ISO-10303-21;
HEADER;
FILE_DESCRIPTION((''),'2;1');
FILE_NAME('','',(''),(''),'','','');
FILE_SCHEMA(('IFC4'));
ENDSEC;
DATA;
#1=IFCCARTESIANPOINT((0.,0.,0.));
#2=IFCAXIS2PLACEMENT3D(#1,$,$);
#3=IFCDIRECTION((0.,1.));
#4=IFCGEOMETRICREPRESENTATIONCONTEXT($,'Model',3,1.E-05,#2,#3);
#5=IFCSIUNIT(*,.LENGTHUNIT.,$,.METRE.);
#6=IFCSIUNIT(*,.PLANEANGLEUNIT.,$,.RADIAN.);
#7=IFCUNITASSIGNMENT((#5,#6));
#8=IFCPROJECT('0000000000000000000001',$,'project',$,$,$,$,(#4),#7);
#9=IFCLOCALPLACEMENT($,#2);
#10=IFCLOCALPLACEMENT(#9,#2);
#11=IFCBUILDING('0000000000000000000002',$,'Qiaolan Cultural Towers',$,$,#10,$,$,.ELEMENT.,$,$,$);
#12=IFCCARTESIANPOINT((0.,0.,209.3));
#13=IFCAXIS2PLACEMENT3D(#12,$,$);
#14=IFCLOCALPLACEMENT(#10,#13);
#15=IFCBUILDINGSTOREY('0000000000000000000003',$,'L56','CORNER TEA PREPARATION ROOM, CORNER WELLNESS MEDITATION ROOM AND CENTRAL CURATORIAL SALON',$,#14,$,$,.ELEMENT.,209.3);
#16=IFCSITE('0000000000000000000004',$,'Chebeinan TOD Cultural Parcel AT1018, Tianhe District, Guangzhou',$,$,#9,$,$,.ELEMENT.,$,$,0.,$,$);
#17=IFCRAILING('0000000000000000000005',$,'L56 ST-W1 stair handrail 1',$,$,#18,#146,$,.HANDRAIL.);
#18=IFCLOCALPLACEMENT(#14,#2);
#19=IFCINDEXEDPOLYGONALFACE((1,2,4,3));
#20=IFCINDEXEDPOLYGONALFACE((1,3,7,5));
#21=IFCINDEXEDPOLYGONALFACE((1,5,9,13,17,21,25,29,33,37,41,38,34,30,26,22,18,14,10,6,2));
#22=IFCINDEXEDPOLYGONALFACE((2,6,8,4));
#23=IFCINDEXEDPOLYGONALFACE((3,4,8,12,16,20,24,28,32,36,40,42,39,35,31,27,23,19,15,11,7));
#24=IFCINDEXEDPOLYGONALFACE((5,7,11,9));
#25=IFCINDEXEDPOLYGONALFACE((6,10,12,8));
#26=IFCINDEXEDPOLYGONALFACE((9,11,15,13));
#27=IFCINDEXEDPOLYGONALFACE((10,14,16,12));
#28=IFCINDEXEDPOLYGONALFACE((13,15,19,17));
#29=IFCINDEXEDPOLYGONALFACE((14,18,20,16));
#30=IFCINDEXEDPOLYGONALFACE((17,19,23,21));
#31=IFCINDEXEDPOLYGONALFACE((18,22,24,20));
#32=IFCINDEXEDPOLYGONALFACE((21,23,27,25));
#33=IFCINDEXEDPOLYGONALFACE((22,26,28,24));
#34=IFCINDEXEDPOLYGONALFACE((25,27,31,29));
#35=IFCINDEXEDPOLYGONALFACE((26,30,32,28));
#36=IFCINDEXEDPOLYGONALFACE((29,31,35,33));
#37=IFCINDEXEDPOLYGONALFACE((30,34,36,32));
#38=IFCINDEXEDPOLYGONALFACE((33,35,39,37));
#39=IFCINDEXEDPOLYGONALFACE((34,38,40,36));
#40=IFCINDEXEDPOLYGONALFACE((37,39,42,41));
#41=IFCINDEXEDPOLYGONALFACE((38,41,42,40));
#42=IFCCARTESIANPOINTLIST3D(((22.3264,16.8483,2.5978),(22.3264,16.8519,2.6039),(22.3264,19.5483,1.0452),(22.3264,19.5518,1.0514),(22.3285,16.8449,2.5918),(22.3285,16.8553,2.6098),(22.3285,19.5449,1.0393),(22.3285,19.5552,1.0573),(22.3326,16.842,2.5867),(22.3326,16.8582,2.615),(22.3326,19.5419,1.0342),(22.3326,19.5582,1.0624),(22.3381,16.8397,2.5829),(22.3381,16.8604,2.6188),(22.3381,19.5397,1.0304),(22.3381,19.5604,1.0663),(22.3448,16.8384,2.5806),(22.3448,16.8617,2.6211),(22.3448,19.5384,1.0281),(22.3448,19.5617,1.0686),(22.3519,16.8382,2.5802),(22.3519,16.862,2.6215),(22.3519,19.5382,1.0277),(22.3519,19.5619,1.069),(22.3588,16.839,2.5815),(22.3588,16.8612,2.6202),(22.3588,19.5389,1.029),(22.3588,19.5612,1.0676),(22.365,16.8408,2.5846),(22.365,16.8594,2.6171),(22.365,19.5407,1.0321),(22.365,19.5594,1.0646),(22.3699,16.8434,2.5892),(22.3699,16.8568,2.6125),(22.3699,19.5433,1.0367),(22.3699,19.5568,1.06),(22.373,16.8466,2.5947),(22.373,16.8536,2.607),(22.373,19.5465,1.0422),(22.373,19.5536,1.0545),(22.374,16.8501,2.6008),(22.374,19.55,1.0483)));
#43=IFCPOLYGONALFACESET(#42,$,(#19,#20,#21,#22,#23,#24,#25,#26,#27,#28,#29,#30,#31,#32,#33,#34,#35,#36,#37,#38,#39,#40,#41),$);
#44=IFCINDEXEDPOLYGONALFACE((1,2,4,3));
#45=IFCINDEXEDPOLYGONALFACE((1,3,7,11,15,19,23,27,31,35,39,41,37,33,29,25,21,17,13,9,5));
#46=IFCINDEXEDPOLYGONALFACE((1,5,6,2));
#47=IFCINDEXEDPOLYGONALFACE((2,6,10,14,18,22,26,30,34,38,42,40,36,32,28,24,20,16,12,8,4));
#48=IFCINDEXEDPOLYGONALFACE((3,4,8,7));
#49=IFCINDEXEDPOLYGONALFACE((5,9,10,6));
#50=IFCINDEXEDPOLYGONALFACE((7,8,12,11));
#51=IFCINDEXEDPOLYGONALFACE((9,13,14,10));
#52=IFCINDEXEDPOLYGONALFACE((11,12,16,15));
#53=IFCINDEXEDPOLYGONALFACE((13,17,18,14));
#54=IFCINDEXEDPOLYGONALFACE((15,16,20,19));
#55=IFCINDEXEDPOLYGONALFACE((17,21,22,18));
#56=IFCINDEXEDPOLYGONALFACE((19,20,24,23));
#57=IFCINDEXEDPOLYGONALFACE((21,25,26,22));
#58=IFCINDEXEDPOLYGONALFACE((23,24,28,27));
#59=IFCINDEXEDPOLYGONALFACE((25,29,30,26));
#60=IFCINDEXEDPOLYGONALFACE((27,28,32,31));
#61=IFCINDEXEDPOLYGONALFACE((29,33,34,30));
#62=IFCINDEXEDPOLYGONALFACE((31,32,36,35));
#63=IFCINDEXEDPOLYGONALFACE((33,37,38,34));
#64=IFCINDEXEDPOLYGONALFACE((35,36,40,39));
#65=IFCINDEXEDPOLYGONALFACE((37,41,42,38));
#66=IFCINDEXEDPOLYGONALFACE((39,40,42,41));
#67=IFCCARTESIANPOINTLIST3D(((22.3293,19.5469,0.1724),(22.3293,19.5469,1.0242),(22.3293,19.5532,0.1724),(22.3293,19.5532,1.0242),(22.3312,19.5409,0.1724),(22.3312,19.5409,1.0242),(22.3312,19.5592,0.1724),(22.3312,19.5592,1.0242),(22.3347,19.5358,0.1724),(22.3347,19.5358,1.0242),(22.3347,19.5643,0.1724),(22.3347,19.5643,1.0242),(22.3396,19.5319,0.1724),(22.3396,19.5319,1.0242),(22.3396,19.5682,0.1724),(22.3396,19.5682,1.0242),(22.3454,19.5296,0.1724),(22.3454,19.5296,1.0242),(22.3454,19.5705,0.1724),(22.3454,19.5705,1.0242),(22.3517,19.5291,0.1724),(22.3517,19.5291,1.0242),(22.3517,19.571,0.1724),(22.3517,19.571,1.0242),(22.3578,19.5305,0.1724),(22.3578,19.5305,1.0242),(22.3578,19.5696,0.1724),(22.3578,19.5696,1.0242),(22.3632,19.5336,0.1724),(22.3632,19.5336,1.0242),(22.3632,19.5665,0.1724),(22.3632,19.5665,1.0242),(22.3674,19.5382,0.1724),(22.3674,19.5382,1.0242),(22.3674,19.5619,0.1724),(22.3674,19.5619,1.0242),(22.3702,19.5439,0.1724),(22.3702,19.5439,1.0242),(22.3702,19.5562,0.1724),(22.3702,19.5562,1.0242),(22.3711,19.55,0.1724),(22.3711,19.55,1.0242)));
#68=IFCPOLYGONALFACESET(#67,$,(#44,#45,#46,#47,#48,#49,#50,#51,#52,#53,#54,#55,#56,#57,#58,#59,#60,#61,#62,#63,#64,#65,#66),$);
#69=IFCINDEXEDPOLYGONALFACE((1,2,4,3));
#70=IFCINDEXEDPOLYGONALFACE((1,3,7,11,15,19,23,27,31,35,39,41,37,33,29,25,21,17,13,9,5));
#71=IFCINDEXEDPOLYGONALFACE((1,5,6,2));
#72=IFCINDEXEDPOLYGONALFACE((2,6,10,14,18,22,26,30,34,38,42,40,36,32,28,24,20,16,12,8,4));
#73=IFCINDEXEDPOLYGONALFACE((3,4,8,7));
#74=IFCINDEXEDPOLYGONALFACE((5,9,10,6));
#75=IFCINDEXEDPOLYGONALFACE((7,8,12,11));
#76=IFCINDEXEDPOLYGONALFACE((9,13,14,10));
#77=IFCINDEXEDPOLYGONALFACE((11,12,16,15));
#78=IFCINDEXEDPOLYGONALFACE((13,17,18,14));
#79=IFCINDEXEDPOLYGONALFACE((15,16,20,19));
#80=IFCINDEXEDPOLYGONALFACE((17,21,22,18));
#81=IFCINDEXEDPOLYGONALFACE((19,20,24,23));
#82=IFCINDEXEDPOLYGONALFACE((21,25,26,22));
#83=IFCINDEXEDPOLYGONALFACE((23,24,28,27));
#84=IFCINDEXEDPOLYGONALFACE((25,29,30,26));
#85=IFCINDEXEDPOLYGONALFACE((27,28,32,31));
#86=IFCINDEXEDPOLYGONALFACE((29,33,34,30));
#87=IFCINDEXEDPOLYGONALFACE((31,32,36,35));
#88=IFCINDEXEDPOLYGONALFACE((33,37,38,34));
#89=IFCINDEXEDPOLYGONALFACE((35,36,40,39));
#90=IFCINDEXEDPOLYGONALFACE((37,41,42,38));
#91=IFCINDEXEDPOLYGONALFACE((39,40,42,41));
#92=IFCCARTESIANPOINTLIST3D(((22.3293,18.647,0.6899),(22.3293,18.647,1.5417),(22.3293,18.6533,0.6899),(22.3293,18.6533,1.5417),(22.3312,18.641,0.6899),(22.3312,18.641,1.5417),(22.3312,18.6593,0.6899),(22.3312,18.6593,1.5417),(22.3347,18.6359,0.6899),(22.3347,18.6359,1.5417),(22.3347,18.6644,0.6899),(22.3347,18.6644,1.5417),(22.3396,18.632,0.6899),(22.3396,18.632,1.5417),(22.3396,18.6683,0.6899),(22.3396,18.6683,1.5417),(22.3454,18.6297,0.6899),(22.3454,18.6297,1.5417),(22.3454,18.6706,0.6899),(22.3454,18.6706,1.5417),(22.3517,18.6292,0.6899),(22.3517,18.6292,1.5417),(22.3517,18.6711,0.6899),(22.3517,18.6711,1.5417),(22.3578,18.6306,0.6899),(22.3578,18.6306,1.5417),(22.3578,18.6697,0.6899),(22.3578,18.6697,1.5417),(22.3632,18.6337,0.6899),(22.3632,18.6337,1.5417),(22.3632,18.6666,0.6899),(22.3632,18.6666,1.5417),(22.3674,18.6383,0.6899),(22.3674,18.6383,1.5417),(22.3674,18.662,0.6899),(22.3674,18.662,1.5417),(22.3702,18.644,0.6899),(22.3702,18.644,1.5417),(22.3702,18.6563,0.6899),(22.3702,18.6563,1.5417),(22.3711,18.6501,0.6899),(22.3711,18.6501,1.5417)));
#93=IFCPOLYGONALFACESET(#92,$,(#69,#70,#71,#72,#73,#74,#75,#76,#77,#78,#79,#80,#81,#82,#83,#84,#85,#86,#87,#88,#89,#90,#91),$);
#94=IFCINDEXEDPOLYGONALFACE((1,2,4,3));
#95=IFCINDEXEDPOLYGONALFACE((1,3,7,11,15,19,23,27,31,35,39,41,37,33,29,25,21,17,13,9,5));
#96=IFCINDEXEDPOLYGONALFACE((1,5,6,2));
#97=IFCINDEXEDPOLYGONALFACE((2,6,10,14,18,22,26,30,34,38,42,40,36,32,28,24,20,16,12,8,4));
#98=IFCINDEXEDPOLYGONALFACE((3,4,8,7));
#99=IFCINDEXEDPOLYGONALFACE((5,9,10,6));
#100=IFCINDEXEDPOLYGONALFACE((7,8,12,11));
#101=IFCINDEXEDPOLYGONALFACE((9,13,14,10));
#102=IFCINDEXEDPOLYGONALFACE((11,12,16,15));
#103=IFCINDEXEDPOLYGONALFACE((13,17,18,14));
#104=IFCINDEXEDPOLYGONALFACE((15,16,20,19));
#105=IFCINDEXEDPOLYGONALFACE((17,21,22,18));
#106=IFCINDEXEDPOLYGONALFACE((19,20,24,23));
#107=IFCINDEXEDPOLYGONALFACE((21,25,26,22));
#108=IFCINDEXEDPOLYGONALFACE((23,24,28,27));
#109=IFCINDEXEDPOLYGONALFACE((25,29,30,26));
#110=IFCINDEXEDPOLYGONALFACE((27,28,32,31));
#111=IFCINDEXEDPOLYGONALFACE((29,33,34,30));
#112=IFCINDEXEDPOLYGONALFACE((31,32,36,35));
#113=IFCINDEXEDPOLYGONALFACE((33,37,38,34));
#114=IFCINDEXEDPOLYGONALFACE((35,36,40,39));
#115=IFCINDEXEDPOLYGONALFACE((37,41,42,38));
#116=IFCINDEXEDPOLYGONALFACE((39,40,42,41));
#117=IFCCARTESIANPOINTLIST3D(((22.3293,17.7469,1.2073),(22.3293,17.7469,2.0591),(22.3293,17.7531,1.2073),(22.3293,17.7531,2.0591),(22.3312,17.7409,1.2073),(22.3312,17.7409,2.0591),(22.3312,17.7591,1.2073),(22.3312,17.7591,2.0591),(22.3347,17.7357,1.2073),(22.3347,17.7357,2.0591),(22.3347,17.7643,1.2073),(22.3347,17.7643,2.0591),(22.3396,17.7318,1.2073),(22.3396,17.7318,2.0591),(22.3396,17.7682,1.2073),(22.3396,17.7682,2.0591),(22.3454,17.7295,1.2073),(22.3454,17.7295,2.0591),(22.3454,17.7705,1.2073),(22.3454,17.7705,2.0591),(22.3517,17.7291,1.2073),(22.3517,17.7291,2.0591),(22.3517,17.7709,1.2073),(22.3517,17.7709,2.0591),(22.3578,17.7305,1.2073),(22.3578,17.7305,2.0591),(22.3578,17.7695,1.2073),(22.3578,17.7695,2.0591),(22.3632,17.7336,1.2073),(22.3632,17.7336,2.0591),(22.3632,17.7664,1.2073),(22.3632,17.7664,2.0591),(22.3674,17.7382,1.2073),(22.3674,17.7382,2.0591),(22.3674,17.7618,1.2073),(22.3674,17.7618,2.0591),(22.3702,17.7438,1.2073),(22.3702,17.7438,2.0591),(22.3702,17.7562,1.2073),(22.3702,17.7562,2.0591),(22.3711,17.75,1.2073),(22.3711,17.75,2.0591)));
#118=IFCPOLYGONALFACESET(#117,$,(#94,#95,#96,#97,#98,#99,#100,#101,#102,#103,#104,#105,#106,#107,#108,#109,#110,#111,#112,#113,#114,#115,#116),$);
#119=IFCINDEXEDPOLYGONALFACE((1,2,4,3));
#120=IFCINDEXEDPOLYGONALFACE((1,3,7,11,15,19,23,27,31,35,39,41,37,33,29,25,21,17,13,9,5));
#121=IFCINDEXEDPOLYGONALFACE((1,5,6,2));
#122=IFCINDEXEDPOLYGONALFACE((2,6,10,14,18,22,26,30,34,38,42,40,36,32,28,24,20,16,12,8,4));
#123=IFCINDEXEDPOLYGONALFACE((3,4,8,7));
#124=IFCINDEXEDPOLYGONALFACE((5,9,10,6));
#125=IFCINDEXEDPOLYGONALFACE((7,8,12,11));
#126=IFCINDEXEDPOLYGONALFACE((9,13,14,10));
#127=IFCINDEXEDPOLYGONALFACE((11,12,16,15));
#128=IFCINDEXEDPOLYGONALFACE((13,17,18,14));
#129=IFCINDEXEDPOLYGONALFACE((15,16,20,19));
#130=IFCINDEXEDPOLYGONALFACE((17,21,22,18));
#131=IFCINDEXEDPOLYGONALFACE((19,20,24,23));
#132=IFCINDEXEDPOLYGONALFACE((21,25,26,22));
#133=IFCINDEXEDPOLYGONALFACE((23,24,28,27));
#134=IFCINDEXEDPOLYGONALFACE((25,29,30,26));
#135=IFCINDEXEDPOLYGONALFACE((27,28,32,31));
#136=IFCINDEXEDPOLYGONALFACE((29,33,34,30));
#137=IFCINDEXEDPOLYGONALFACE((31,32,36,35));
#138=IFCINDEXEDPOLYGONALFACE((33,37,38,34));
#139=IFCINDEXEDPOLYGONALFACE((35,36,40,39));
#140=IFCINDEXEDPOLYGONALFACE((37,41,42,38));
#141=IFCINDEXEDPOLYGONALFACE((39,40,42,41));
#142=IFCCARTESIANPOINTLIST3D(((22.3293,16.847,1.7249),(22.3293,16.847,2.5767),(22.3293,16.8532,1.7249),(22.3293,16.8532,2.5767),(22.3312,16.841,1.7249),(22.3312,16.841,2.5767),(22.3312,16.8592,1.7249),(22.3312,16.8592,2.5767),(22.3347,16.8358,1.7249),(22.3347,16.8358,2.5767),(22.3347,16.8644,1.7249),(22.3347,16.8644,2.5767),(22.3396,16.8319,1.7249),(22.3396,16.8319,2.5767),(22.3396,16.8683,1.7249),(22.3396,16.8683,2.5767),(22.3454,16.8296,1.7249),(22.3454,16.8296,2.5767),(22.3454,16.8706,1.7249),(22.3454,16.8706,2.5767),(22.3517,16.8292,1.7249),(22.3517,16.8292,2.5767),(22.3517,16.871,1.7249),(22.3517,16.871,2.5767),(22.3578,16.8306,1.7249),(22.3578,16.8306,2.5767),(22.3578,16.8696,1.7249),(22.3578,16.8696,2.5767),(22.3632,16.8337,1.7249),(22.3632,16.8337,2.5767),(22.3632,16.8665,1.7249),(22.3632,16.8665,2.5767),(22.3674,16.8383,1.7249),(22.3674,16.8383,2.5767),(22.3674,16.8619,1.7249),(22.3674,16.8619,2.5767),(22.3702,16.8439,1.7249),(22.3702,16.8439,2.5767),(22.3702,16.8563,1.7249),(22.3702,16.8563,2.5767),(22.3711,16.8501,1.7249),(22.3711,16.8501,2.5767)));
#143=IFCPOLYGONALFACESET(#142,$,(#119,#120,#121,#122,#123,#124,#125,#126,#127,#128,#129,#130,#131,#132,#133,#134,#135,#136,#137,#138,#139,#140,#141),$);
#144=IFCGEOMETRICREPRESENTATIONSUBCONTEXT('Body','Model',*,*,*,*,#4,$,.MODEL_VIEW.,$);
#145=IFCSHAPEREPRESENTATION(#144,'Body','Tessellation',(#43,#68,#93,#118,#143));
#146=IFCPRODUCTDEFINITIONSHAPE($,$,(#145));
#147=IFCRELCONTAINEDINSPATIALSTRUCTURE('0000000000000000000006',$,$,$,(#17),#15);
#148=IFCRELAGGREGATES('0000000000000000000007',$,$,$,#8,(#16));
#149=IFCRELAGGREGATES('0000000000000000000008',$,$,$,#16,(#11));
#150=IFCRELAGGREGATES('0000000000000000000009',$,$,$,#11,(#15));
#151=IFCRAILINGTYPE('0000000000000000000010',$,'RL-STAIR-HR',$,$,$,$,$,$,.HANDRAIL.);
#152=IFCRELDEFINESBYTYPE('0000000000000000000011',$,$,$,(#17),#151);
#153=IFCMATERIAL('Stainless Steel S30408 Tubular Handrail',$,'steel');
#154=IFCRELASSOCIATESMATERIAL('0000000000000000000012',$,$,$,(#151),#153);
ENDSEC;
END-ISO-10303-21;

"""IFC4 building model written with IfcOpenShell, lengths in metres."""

from ifc_helpers import new_model, si_unit, direction, frame, origin, origin_2d, place, context, subcontext, project, spatial, circle, extrude, material, type_object, element, save


model = new_model("IFC4")

# Units and contexts
model_context = context("Model", 3, precision=1e-05, world=origin(), true_north=direction((0.0, 1.0)))
body_context = subcontext(model_context, "Body", "Model", "MODEL_VIEW")
ifc_project = project(units=[si_unit("LENGTHUNIT", "METRE"), si_unit("PLANEANGLEUNIT", "RADIAN")], contexts=[model_context])

# Site, building, storey
site_placement = place(None, origin())
site = spatial("IfcSite", under=ifc_project, at=site_placement, Name="Chebeinan TOD Cultural Parcel AT1018, Tianhe District, Guangzhou", CompositionType="ELEMENT", RefElevation=0.0)
building_placement = place(site_placement, origin())
building = spatial("IfcBuilding", under=site, at=building_placement, Name="Qiaolan Cultural Towers", CompositionType="ELEMENT")
storey_placement = place(building_placement, frame((0.0, 0.0, 209.3)))
storey = spatial("IfcBuildingStorey", under=building, at=storey_placement, Name="L56", Description="CORNER TEA PREPARATION ROOM, CORNER WELLNESS MEDITATION ROOM AND CENTRAL CURATORIAL SALON", CompositionType="ELEMENT", Elevation=209.3)

# Railing
ifc_material_1 = material(Name="Stainless Steel S30408 Tubular Handrail", Category="steel")
railing_type_1 = type_object("IfcRailingType", Name="RL-STAIR-HR", PredefinedType="HANDRAIL", material=ifc_material_1)
railing_1_placement = place(storey_placement, frame((22.3501, 19.55, 0.1724)))
element("IfcRailing", 1, at=railing_1_placement, inside=storey, type_object=railing_type_1, Name="L56 ST-W1 stair handrail 1", PredefinedType="HANDRAIL", context=body_context, shape_type="SweptSolid", body=[
    extrude(circle(Radius=0.0239, at=origin_2d()), frame((0.0, 0.0, 0.876), z_axis=(0.0, -0.866904, 0.498476), x_axis=(1.0, 0.0, 0.0)), (0.0, 0.0, 1.0), 3.1145),
    extrude(circle(Radius=0.021, at=origin_2d()), origin(), (0.0, 0.0, 1.0), 0.8518),
    extrude(circle(Radius=0.021, at=origin_2d()), frame((0.0, -0.8999, 0.5176)), (0.0, 0.0, 1.0), 0.8518),
    extrude(circle(Radius=0.021, at=origin_2d()), frame((0.0, -1.8, 1.0349)), (0.0, 0.0, 1.0), 0.8518),
    extrude(circle(Radius=0.021, at=origin_2d()), frame((0.0, -2.7, 1.5525)), (0.0, 0.0, 1.0), 0.8518),
])

save(model, "model.ifc")
